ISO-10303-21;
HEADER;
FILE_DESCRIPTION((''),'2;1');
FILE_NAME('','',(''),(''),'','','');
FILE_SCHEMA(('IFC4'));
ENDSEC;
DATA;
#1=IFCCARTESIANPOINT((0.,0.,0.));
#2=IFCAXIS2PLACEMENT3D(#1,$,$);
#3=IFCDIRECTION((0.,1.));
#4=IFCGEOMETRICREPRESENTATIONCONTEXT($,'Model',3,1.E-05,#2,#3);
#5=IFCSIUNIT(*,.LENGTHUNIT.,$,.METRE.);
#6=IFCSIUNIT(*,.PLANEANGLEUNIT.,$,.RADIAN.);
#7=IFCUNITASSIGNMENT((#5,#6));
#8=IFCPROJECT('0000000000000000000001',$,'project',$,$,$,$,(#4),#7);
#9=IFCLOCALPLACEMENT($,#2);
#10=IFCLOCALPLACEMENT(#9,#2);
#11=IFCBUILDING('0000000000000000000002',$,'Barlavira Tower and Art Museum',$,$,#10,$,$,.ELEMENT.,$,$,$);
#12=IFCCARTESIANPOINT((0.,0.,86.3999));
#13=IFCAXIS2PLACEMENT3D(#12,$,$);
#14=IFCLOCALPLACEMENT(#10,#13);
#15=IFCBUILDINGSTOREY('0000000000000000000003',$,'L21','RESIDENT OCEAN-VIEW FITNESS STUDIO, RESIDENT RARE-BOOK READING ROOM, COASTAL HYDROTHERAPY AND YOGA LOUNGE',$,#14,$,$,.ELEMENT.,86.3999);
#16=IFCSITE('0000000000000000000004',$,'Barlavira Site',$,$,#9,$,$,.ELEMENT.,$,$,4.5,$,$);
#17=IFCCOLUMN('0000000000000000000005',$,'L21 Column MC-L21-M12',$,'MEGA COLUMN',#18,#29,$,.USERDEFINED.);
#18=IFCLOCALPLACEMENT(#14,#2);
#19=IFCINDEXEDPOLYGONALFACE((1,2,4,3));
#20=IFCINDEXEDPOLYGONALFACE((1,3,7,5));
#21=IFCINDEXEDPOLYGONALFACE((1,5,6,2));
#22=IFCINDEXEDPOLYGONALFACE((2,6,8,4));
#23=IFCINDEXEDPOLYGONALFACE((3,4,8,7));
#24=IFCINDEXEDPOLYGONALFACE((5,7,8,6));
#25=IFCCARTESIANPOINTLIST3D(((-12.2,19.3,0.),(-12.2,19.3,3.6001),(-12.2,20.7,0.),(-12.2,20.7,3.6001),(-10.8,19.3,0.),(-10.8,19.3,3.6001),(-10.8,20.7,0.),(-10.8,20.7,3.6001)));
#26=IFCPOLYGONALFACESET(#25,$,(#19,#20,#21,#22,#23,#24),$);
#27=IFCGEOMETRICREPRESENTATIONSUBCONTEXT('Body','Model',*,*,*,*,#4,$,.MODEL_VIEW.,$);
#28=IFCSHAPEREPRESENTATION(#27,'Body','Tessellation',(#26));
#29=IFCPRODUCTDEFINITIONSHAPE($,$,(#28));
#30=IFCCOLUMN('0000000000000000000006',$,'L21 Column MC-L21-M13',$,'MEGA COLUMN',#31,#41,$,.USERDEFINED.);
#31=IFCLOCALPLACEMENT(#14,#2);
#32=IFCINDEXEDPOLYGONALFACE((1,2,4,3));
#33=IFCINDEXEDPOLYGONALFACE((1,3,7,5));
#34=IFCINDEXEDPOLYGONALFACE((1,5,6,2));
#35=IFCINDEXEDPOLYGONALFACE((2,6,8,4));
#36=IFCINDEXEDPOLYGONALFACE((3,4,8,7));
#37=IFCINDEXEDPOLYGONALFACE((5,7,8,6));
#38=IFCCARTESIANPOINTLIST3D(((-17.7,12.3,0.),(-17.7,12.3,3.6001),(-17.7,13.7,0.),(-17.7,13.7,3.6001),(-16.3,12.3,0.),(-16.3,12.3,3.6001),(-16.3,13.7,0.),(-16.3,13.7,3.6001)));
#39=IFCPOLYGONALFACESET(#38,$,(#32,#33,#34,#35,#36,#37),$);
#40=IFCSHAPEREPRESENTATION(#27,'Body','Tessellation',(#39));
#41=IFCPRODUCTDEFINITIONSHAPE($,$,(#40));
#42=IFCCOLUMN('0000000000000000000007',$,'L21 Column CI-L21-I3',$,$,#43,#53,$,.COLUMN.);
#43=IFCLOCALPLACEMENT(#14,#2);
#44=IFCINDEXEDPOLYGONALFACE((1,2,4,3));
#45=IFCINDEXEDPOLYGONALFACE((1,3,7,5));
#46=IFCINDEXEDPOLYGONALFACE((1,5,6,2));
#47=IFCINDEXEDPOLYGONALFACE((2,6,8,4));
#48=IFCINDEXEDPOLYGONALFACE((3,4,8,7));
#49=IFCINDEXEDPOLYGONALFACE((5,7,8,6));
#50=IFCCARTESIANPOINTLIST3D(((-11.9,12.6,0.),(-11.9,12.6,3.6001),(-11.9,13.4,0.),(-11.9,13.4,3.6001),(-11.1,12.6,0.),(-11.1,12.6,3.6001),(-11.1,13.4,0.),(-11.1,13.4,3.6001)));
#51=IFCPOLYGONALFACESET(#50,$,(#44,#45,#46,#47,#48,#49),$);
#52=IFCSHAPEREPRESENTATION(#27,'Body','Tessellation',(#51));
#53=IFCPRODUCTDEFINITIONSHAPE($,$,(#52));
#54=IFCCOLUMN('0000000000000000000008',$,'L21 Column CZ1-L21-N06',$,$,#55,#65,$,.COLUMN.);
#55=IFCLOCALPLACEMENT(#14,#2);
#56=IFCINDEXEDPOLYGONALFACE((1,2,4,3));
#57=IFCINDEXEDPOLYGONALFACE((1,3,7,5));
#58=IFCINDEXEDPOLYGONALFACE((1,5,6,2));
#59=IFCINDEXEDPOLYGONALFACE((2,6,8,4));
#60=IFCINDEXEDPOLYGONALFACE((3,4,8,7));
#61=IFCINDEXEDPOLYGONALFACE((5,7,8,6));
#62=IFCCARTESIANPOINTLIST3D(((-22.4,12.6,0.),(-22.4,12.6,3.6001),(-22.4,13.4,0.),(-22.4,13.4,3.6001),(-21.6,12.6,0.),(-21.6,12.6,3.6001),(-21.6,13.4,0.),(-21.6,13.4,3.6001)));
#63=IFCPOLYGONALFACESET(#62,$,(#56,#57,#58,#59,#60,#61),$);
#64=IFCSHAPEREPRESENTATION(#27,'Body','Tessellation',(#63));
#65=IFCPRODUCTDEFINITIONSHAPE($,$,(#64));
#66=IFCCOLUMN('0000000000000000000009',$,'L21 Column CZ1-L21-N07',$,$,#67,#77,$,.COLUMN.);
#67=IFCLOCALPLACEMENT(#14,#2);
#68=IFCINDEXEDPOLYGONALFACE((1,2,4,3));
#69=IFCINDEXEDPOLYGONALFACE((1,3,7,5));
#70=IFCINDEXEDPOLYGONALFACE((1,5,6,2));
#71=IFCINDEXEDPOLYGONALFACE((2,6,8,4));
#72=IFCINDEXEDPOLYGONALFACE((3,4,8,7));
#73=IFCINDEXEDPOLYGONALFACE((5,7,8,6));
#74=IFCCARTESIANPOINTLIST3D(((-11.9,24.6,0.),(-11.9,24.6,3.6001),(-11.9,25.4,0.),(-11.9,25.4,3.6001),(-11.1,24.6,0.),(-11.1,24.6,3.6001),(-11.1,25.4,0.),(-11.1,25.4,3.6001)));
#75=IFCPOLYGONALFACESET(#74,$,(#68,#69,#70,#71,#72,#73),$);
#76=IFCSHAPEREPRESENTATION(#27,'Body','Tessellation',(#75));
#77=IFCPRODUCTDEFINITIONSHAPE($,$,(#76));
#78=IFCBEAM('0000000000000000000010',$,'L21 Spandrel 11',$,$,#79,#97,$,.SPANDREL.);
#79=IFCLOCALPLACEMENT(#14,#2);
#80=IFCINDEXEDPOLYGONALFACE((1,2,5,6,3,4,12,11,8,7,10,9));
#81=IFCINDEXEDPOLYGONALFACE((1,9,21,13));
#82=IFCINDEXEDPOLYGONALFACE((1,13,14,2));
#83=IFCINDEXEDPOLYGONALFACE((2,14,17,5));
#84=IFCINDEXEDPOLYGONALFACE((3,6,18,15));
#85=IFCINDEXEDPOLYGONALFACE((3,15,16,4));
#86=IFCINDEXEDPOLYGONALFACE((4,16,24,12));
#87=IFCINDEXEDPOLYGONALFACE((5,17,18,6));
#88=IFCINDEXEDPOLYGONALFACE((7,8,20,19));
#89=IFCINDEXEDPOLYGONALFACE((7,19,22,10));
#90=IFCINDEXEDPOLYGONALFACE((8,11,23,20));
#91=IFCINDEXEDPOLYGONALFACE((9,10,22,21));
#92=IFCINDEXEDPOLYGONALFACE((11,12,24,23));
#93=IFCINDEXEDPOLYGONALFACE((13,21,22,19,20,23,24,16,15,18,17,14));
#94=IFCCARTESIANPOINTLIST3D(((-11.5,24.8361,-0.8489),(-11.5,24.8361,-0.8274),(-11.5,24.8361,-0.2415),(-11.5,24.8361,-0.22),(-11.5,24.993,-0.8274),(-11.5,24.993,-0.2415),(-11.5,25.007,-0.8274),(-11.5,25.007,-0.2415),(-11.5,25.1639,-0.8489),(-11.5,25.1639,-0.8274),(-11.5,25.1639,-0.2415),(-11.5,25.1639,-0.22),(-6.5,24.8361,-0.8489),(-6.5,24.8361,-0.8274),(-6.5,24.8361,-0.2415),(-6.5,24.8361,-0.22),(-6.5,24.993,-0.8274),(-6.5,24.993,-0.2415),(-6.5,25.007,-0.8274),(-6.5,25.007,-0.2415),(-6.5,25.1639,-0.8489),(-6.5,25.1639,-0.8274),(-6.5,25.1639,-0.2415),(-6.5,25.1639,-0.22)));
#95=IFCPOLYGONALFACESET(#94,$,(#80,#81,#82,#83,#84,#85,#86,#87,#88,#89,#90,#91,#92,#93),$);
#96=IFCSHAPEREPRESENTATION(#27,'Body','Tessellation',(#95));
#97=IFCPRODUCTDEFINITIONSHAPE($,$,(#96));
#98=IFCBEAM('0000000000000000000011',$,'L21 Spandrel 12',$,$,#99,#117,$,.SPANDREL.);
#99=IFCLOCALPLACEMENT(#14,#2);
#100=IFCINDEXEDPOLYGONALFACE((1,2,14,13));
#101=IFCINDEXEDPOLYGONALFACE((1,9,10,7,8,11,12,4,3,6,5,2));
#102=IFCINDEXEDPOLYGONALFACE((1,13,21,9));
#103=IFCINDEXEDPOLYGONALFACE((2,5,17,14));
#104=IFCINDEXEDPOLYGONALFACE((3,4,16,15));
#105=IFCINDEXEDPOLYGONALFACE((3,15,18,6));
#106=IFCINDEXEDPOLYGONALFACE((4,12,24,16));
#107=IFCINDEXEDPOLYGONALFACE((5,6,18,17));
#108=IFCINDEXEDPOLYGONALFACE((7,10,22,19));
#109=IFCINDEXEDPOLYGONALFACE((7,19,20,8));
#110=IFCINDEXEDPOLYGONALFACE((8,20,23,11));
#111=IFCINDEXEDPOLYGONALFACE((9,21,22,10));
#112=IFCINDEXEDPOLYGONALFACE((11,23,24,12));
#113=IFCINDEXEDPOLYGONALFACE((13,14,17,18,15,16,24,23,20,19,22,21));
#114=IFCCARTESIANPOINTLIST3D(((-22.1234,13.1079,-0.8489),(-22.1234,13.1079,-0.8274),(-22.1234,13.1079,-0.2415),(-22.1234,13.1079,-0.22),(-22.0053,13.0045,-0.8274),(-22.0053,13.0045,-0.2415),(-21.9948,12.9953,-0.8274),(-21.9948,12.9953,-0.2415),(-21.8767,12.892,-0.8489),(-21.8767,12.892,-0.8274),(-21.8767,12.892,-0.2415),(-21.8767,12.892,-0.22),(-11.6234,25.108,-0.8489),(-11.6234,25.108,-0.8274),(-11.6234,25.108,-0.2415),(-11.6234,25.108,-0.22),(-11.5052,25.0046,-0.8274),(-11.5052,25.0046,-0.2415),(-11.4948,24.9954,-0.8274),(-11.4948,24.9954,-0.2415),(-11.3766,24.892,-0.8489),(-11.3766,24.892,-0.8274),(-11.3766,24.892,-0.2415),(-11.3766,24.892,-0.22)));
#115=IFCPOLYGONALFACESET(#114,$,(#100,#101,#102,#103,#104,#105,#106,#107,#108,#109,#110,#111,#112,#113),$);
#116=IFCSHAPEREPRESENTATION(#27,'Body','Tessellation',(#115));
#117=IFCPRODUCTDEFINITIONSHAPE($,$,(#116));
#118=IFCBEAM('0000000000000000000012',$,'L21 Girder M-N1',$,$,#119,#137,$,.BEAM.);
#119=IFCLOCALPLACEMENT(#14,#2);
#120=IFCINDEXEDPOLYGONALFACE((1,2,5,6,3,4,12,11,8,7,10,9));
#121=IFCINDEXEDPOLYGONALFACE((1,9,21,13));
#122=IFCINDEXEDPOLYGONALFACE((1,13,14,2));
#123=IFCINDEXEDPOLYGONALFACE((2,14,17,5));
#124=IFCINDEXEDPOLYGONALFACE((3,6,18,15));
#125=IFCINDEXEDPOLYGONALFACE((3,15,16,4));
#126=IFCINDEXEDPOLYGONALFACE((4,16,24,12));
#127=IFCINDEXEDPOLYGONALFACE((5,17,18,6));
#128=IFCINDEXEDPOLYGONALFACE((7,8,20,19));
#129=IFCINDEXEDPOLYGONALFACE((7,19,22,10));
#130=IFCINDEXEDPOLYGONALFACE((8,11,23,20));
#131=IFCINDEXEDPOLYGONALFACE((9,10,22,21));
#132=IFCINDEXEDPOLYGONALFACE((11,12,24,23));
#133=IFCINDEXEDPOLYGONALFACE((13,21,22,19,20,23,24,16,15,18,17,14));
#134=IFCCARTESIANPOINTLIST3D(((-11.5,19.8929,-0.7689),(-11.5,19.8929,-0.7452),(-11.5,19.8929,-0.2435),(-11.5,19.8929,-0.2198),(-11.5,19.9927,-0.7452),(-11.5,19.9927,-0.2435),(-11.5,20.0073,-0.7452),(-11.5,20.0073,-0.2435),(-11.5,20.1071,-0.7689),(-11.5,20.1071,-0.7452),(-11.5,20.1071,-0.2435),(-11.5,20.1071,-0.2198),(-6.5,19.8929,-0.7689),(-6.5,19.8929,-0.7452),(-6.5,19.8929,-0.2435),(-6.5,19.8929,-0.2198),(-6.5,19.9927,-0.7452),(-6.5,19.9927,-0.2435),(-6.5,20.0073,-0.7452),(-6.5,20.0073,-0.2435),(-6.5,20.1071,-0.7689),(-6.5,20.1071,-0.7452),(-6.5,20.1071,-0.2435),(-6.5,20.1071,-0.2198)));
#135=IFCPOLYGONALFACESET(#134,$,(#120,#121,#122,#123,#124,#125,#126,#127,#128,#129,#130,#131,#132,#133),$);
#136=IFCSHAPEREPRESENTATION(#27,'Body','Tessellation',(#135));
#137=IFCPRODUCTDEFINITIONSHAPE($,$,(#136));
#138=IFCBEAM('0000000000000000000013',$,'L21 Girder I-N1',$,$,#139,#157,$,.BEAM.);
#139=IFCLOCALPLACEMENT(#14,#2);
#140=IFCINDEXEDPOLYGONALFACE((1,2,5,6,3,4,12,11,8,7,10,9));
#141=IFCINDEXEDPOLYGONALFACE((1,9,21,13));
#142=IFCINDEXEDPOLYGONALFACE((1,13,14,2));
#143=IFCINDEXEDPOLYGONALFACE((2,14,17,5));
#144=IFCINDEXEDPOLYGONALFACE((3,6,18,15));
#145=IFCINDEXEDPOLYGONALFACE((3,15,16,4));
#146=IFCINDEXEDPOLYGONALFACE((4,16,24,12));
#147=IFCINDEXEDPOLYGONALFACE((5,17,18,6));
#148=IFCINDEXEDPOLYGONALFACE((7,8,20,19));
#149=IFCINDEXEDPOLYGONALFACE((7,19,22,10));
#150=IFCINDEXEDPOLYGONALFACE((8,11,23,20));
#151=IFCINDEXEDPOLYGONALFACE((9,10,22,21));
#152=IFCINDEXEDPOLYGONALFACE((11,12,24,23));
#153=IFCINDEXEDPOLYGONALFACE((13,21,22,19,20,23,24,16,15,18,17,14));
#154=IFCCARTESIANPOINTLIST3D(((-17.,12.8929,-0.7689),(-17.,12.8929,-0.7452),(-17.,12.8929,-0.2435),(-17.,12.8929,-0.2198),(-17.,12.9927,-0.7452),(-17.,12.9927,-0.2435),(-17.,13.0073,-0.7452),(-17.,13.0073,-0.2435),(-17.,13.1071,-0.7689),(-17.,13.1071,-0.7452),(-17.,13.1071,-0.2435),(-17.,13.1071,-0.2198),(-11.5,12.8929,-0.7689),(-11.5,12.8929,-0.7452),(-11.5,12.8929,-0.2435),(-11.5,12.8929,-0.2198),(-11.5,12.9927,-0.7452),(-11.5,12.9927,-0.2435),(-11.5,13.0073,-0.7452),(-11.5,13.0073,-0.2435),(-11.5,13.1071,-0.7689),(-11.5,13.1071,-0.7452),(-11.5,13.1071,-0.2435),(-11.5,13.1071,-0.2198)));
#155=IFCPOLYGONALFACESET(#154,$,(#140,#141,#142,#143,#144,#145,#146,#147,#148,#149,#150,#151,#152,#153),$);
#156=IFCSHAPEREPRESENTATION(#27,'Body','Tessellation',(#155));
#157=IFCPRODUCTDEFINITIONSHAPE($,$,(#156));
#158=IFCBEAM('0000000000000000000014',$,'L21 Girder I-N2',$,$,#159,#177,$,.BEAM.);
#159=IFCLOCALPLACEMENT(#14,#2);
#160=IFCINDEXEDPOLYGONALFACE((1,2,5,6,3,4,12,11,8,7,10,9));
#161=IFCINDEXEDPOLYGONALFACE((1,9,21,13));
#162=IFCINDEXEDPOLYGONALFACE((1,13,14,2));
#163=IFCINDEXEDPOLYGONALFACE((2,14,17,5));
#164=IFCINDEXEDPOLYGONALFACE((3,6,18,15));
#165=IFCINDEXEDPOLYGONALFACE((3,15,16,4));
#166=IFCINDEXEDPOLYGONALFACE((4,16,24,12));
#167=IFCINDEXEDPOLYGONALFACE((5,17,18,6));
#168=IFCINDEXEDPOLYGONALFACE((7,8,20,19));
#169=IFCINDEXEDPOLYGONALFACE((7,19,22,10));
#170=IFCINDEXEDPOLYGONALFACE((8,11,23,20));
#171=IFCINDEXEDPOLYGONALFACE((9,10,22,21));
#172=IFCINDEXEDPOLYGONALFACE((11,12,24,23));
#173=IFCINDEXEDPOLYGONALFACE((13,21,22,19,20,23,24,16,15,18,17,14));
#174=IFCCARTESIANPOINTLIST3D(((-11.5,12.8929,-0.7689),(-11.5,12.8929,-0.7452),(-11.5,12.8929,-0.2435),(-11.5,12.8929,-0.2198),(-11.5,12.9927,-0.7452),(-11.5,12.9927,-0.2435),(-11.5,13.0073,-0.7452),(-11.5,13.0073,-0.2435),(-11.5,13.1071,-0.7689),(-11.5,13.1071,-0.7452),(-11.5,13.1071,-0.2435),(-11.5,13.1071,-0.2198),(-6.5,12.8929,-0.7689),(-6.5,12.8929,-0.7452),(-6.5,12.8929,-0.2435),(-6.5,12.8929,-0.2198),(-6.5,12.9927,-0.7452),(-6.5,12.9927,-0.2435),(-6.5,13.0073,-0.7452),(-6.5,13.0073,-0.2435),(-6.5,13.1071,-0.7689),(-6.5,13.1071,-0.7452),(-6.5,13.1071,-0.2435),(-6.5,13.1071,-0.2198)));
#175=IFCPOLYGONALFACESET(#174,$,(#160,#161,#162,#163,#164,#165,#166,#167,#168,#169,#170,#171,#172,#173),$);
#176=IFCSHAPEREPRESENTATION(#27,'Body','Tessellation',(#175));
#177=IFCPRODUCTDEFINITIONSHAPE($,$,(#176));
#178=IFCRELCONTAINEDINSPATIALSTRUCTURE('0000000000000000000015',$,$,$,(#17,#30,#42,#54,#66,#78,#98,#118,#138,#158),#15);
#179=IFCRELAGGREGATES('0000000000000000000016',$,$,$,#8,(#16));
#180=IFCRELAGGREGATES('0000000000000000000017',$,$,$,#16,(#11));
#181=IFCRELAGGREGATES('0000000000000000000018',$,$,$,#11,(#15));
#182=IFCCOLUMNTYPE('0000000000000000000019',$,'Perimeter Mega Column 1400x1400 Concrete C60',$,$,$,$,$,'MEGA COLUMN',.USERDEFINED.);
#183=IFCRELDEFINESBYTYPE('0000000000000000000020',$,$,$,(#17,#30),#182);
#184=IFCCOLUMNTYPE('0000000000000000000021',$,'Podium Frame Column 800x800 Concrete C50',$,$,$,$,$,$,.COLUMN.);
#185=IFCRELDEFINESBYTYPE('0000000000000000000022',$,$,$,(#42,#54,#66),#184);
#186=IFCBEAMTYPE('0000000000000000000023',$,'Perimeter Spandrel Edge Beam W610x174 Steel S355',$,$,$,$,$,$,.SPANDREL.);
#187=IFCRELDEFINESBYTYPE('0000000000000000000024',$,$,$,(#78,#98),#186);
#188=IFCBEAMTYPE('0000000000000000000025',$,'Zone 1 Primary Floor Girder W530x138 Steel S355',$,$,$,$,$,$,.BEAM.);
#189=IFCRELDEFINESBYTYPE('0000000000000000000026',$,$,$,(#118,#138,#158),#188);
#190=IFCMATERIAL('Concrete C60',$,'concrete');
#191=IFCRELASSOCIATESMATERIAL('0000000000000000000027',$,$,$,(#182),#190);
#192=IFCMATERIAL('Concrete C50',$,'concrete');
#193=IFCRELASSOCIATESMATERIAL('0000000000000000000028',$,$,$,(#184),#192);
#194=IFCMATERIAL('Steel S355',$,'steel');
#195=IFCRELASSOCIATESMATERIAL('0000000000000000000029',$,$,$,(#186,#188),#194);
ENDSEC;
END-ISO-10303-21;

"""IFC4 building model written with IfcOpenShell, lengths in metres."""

from ifc_helpers import new_model, si_unit, direction, frame, origin, origin_2d, place, context, subcontext, project, spatial, rectangle, i_section, extrude, material, material_profile, profile_set, type_object, element, save


model = new_model("IFC4")

# Units and contexts
model_context = context("Model", 3, precision=1e-05, world=origin(), true_north=direction((0.0, 1.0)))
body_context = subcontext(model_context, "Body", "Model", "MODEL_VIEW")
ifc_project = project(units=[si_unit("LENGTHUNIT", "METRE"), si_unit("PLANEANGLEUNIT", "RADIAN")], contexts=[model_context])

# Site, building, storey
site_placement = place(None, origin())
site = spatial("IfcSite", under=ifc_project, at=site_placement, Name="Barlavira Site", CompositionType="ELEMENT", RefElevation=4.5)
building_placement = place(site_placement, origin())
building = spatial("IfcBuilding", under=site, at=building_placement, Name="Barlavira Tower and Art Museum", CompositionType="ELEMENT")
storey_placement = place(building_placement, frame((0.0, 0.0, 86.3999)))
storey = spatial("IfcBuildingStorey", under=building, at=storey_placement, Name="L21", Description="RESIDENT OCEAN-VIEW FITNESS STUDIO, RESIDENT RARE-BOOK READING ROOM, COASTAL HYDROTHERAPY AND YOGA LOUNGE", CompositionType="ELEMENT", Elevation=86.3999)

# Columns
ifc_material_1 = material(Name="Concrete C60", Category="concrete")
ifc_material_profile_1 = material_profile(ifc_material_1, rectangle(XDim=1.3999, YDim=1.3999, at=origin_2d()), Name="RC-MCOL 1400x1400")
ifc_profile_set_1 = profile_set([ifc_material_profile_1], Name="Concrete C60")
column_type_1 = type_object("IfcColumnType", Name="Perimeter Mega Column 1400x1400 Concrete C60", ElementType="MEGA COLUMN", PredefinedType="USERDEFINED", material=ifc_profile_set_1)
for number, where, z_axis, x_axis, name in (
    (1, (-11.5, 20.0, 0.0), (0.0, 0.0, 1.0), (1.0, 0.0, 0.0), "L21 Column MC-L21-M12"),
    (2, (-17.0, 13.0, 0.0), (0.0, 0.0, 1.0), (1.0, 0.0, 0.0), "L21 Column MC-L21-M13"),
):
    element("IfcColumn", number, at=place(storey_placement, frame(where, z_axis=z_axis, x_axis=x_axis)), inside=storey, type_object=column_type_1, Name=name, ObjectType="MEGA COLUMN", PredefinedType="USERDEFINED", context=body_context, shape_type="SweptSolid", body=[
        extrude(rectangle(XDim=1.3999, YDim=1.3999, at=origin_2d()), origin(), (0.0, 0.0, 1.0), 3.6001),
    ])
ifc_material_2 = material(Name="Concrete C50", Category="concrete")
ifc_material_profile_2 = material_profile(ifc_material_2, rectangle(XDim=0.8, YDim=0.8, at=origin_2d()), Name="RC-COL 800x800")
ifc_profile_set_2 = profile_set([ifc_material_profile_2], Name="Concrete C50")
column_type_2 = type_object("IfcColumnType", Name="Podium Frame Column 800x800 Concrete C50", PredefinedType="COLUMN", material=ifc_profile_set_2)
for number, where, z_axis, x_axis, name in (
    (3, (-11.5, 13.0, 0.0), (0.0, 0.0, 1.0), (1.0, 0.0, 0.0), "L21 Column CI-L21-I3"),
    (4, (-22.0, 13.0, 0.0), (0.0, 0.0, 1.0), (1.0, 0.0, 0.0), "L21 Column CZ1-L21-N06"),
    (5, (-11.5, 25.0, 0.0), (0.0, 0.0, 1.0), (1.0, 0.0, 0.0), "L21 Column CZ1-L21-N07"),
):
    element("IfcColumn", number, at=place(storey_placement, frame(where, z_axis=z_axis, x_axis=x_axis)), inside=storey, type_object=column_type_2, Name=name, PredefinedType="COLUMN", context=body_context, shape_type="SweptSolid", body=[
        extrude(rectangle(XDim=0.8, YDim=0.8, at=origin_2d()), origin(), (0.0, 0.0, 1.0), 3.6001),
    ])

# Beams
ifc_material_3 = material(Name="Steel S355", Category="steel")
ifc_material_profile_3 = material_profile(ifc_material_3, i_section(OverallWidth=0.3279, OverallDepth=0.6289, WebThickness=0.0139, FlangeThickness=0.0215, at=origin_2d()), Name="W610x174.0")
ifc_profile_set_3 = profile_set([ifc_material_profile_3], Name="Steel S355")
beam_type_1 = type_object("IfcBeamType", Name="Perimeter Spandrel Edge Beam W610x174 Steel S355", PredefinedType="SPANDREL", material=ifc_profile_set_3)
beam_1_placement = place(storey_placement, frame((-11.5, 25.0, -0.5344), z_axis=(1.0, 0.0, 0.0), x_axis=(0.0, 1.0, 0.0)))
element("IfcBeam", 6, at=beam_1_placement, inside=storey, type_object=beam_type_1, Name="L21 Spandrel 11", PredefinedType="SPANDREL", context=body_context, shape_type="SweptSolid", body=[
    extrude(i_section(OverallWidth=0.3279, OverallDepth=0.6289, WebThickness=0.0139, FlangeThickness=0.0215, at=origin_2d()), origin(), (0.0, 0.0, 1.0), 5.0),
])
beam_2_placement = place(storey_placement, frame((-11.5, 25.0, -0.5344), z_axis=(-0.658505, -0.752577, 0.0), x_axis=(0.752577, -0.658505, 0.0)))
element("IfcBeam", 7, at=beam_2_placement, inside=storey, type_object=beam_type_1, Name="L21 Spandrel 12", PredefinedType="SPANDREL", context=body_context, shape_type="SweptSolid", body=[
    extrude(i_section(OverallWidth=0.3279, OverallDepth=0.6289, WebThickness=0.0139, FlangeThickness=0.0215, at=origin_2d()), origin(), (0.0, 0.0, 1.0), 15.9453),
])
ifc_material_profile_4 = material_profile(ifc_material_3, i_section(OverallWidth=0.2141, OverallDepth=0.5491, WebThickness=0.0146, FlangeThickness=0.0237, at=origin_2d()), Name="W530x138.0")
ifc_profile_set_4 = profile_set([ifc_material_profile_4], Name="Steel S355")
beam_type_2 = type_object("IfcBeamType", Name="Zone 1 Primary Floor Girder W530x138 Steel S355", PredefinedType="BEAM", material=ifc_profile_set_4)
beam_3_placement = place(storey_placement, frame((-11.5, 20.0, -0.4944), z_axis=(1.0, 0.0, 0.0), x_axis=(0.0, 1.0, 0.0)))
element("IfcBeam", 8, at=beam_3_placement, inside=storey, type_object=beam_type_2, Name="L21 Girder M-N1", PredefinedType="BEAM", context=body_context, shape_type="SweptSolid", body=[
    extrude(i_section(OverallWidth=0.2141, OverallDepth=0.5491, WebThickness=0.0146, FlangeThickness=0.0237, at=origin_2d()), origin(), (0.0, 0.0, 1.0), 5.0),
])
beam_4_placement = place(storey_placement, frame((-17.0, 13.0, -0.4944), z_axis=(1.0, 0.0, 0.0), x_axis=(0.0, 1.0, 0.0)))
element("IfcBeam", 9, at=beam_4_placement, inside=storey, type_object=beam_type_2, Name="L21 Girder I-N1", PredefinedType="BEAM", context=body_context, shape_type="SweptSolid", body=[
    extrude(i_section(OverallWidth=0.2141, OverallDepth=0.5491, WebThickness=0.0146, FlangeThickness=0.0237, at=origin_2d()), origin(), (0.0, 0.0, 1.0), 5.5),
])
beam_5_placement = place(storey_placement, frame((-11.5, 13.0, -0.4944), z_axis=(1.0, 0.0, 0.0), x_axis=(0.0, 1.0, 0.0)))
element("IfcBeam", 10, at=beam_5_placement, inside=storey, type_object=beam_type_2, Name="L21 Girder I-N2", PredefinedType="BEAM", context=body_context, shape_type="SweptSolid", body=[
    extrude(i_section(OverallWidth=0.2141, OverallDepth=0.5491, WebThickness=0.0146, FlangeThickness=0.0237, at=origin_2d()), origin(), (0.0, 0.0, 1.0), 5.0),
])

save(model, "model.ifc")
